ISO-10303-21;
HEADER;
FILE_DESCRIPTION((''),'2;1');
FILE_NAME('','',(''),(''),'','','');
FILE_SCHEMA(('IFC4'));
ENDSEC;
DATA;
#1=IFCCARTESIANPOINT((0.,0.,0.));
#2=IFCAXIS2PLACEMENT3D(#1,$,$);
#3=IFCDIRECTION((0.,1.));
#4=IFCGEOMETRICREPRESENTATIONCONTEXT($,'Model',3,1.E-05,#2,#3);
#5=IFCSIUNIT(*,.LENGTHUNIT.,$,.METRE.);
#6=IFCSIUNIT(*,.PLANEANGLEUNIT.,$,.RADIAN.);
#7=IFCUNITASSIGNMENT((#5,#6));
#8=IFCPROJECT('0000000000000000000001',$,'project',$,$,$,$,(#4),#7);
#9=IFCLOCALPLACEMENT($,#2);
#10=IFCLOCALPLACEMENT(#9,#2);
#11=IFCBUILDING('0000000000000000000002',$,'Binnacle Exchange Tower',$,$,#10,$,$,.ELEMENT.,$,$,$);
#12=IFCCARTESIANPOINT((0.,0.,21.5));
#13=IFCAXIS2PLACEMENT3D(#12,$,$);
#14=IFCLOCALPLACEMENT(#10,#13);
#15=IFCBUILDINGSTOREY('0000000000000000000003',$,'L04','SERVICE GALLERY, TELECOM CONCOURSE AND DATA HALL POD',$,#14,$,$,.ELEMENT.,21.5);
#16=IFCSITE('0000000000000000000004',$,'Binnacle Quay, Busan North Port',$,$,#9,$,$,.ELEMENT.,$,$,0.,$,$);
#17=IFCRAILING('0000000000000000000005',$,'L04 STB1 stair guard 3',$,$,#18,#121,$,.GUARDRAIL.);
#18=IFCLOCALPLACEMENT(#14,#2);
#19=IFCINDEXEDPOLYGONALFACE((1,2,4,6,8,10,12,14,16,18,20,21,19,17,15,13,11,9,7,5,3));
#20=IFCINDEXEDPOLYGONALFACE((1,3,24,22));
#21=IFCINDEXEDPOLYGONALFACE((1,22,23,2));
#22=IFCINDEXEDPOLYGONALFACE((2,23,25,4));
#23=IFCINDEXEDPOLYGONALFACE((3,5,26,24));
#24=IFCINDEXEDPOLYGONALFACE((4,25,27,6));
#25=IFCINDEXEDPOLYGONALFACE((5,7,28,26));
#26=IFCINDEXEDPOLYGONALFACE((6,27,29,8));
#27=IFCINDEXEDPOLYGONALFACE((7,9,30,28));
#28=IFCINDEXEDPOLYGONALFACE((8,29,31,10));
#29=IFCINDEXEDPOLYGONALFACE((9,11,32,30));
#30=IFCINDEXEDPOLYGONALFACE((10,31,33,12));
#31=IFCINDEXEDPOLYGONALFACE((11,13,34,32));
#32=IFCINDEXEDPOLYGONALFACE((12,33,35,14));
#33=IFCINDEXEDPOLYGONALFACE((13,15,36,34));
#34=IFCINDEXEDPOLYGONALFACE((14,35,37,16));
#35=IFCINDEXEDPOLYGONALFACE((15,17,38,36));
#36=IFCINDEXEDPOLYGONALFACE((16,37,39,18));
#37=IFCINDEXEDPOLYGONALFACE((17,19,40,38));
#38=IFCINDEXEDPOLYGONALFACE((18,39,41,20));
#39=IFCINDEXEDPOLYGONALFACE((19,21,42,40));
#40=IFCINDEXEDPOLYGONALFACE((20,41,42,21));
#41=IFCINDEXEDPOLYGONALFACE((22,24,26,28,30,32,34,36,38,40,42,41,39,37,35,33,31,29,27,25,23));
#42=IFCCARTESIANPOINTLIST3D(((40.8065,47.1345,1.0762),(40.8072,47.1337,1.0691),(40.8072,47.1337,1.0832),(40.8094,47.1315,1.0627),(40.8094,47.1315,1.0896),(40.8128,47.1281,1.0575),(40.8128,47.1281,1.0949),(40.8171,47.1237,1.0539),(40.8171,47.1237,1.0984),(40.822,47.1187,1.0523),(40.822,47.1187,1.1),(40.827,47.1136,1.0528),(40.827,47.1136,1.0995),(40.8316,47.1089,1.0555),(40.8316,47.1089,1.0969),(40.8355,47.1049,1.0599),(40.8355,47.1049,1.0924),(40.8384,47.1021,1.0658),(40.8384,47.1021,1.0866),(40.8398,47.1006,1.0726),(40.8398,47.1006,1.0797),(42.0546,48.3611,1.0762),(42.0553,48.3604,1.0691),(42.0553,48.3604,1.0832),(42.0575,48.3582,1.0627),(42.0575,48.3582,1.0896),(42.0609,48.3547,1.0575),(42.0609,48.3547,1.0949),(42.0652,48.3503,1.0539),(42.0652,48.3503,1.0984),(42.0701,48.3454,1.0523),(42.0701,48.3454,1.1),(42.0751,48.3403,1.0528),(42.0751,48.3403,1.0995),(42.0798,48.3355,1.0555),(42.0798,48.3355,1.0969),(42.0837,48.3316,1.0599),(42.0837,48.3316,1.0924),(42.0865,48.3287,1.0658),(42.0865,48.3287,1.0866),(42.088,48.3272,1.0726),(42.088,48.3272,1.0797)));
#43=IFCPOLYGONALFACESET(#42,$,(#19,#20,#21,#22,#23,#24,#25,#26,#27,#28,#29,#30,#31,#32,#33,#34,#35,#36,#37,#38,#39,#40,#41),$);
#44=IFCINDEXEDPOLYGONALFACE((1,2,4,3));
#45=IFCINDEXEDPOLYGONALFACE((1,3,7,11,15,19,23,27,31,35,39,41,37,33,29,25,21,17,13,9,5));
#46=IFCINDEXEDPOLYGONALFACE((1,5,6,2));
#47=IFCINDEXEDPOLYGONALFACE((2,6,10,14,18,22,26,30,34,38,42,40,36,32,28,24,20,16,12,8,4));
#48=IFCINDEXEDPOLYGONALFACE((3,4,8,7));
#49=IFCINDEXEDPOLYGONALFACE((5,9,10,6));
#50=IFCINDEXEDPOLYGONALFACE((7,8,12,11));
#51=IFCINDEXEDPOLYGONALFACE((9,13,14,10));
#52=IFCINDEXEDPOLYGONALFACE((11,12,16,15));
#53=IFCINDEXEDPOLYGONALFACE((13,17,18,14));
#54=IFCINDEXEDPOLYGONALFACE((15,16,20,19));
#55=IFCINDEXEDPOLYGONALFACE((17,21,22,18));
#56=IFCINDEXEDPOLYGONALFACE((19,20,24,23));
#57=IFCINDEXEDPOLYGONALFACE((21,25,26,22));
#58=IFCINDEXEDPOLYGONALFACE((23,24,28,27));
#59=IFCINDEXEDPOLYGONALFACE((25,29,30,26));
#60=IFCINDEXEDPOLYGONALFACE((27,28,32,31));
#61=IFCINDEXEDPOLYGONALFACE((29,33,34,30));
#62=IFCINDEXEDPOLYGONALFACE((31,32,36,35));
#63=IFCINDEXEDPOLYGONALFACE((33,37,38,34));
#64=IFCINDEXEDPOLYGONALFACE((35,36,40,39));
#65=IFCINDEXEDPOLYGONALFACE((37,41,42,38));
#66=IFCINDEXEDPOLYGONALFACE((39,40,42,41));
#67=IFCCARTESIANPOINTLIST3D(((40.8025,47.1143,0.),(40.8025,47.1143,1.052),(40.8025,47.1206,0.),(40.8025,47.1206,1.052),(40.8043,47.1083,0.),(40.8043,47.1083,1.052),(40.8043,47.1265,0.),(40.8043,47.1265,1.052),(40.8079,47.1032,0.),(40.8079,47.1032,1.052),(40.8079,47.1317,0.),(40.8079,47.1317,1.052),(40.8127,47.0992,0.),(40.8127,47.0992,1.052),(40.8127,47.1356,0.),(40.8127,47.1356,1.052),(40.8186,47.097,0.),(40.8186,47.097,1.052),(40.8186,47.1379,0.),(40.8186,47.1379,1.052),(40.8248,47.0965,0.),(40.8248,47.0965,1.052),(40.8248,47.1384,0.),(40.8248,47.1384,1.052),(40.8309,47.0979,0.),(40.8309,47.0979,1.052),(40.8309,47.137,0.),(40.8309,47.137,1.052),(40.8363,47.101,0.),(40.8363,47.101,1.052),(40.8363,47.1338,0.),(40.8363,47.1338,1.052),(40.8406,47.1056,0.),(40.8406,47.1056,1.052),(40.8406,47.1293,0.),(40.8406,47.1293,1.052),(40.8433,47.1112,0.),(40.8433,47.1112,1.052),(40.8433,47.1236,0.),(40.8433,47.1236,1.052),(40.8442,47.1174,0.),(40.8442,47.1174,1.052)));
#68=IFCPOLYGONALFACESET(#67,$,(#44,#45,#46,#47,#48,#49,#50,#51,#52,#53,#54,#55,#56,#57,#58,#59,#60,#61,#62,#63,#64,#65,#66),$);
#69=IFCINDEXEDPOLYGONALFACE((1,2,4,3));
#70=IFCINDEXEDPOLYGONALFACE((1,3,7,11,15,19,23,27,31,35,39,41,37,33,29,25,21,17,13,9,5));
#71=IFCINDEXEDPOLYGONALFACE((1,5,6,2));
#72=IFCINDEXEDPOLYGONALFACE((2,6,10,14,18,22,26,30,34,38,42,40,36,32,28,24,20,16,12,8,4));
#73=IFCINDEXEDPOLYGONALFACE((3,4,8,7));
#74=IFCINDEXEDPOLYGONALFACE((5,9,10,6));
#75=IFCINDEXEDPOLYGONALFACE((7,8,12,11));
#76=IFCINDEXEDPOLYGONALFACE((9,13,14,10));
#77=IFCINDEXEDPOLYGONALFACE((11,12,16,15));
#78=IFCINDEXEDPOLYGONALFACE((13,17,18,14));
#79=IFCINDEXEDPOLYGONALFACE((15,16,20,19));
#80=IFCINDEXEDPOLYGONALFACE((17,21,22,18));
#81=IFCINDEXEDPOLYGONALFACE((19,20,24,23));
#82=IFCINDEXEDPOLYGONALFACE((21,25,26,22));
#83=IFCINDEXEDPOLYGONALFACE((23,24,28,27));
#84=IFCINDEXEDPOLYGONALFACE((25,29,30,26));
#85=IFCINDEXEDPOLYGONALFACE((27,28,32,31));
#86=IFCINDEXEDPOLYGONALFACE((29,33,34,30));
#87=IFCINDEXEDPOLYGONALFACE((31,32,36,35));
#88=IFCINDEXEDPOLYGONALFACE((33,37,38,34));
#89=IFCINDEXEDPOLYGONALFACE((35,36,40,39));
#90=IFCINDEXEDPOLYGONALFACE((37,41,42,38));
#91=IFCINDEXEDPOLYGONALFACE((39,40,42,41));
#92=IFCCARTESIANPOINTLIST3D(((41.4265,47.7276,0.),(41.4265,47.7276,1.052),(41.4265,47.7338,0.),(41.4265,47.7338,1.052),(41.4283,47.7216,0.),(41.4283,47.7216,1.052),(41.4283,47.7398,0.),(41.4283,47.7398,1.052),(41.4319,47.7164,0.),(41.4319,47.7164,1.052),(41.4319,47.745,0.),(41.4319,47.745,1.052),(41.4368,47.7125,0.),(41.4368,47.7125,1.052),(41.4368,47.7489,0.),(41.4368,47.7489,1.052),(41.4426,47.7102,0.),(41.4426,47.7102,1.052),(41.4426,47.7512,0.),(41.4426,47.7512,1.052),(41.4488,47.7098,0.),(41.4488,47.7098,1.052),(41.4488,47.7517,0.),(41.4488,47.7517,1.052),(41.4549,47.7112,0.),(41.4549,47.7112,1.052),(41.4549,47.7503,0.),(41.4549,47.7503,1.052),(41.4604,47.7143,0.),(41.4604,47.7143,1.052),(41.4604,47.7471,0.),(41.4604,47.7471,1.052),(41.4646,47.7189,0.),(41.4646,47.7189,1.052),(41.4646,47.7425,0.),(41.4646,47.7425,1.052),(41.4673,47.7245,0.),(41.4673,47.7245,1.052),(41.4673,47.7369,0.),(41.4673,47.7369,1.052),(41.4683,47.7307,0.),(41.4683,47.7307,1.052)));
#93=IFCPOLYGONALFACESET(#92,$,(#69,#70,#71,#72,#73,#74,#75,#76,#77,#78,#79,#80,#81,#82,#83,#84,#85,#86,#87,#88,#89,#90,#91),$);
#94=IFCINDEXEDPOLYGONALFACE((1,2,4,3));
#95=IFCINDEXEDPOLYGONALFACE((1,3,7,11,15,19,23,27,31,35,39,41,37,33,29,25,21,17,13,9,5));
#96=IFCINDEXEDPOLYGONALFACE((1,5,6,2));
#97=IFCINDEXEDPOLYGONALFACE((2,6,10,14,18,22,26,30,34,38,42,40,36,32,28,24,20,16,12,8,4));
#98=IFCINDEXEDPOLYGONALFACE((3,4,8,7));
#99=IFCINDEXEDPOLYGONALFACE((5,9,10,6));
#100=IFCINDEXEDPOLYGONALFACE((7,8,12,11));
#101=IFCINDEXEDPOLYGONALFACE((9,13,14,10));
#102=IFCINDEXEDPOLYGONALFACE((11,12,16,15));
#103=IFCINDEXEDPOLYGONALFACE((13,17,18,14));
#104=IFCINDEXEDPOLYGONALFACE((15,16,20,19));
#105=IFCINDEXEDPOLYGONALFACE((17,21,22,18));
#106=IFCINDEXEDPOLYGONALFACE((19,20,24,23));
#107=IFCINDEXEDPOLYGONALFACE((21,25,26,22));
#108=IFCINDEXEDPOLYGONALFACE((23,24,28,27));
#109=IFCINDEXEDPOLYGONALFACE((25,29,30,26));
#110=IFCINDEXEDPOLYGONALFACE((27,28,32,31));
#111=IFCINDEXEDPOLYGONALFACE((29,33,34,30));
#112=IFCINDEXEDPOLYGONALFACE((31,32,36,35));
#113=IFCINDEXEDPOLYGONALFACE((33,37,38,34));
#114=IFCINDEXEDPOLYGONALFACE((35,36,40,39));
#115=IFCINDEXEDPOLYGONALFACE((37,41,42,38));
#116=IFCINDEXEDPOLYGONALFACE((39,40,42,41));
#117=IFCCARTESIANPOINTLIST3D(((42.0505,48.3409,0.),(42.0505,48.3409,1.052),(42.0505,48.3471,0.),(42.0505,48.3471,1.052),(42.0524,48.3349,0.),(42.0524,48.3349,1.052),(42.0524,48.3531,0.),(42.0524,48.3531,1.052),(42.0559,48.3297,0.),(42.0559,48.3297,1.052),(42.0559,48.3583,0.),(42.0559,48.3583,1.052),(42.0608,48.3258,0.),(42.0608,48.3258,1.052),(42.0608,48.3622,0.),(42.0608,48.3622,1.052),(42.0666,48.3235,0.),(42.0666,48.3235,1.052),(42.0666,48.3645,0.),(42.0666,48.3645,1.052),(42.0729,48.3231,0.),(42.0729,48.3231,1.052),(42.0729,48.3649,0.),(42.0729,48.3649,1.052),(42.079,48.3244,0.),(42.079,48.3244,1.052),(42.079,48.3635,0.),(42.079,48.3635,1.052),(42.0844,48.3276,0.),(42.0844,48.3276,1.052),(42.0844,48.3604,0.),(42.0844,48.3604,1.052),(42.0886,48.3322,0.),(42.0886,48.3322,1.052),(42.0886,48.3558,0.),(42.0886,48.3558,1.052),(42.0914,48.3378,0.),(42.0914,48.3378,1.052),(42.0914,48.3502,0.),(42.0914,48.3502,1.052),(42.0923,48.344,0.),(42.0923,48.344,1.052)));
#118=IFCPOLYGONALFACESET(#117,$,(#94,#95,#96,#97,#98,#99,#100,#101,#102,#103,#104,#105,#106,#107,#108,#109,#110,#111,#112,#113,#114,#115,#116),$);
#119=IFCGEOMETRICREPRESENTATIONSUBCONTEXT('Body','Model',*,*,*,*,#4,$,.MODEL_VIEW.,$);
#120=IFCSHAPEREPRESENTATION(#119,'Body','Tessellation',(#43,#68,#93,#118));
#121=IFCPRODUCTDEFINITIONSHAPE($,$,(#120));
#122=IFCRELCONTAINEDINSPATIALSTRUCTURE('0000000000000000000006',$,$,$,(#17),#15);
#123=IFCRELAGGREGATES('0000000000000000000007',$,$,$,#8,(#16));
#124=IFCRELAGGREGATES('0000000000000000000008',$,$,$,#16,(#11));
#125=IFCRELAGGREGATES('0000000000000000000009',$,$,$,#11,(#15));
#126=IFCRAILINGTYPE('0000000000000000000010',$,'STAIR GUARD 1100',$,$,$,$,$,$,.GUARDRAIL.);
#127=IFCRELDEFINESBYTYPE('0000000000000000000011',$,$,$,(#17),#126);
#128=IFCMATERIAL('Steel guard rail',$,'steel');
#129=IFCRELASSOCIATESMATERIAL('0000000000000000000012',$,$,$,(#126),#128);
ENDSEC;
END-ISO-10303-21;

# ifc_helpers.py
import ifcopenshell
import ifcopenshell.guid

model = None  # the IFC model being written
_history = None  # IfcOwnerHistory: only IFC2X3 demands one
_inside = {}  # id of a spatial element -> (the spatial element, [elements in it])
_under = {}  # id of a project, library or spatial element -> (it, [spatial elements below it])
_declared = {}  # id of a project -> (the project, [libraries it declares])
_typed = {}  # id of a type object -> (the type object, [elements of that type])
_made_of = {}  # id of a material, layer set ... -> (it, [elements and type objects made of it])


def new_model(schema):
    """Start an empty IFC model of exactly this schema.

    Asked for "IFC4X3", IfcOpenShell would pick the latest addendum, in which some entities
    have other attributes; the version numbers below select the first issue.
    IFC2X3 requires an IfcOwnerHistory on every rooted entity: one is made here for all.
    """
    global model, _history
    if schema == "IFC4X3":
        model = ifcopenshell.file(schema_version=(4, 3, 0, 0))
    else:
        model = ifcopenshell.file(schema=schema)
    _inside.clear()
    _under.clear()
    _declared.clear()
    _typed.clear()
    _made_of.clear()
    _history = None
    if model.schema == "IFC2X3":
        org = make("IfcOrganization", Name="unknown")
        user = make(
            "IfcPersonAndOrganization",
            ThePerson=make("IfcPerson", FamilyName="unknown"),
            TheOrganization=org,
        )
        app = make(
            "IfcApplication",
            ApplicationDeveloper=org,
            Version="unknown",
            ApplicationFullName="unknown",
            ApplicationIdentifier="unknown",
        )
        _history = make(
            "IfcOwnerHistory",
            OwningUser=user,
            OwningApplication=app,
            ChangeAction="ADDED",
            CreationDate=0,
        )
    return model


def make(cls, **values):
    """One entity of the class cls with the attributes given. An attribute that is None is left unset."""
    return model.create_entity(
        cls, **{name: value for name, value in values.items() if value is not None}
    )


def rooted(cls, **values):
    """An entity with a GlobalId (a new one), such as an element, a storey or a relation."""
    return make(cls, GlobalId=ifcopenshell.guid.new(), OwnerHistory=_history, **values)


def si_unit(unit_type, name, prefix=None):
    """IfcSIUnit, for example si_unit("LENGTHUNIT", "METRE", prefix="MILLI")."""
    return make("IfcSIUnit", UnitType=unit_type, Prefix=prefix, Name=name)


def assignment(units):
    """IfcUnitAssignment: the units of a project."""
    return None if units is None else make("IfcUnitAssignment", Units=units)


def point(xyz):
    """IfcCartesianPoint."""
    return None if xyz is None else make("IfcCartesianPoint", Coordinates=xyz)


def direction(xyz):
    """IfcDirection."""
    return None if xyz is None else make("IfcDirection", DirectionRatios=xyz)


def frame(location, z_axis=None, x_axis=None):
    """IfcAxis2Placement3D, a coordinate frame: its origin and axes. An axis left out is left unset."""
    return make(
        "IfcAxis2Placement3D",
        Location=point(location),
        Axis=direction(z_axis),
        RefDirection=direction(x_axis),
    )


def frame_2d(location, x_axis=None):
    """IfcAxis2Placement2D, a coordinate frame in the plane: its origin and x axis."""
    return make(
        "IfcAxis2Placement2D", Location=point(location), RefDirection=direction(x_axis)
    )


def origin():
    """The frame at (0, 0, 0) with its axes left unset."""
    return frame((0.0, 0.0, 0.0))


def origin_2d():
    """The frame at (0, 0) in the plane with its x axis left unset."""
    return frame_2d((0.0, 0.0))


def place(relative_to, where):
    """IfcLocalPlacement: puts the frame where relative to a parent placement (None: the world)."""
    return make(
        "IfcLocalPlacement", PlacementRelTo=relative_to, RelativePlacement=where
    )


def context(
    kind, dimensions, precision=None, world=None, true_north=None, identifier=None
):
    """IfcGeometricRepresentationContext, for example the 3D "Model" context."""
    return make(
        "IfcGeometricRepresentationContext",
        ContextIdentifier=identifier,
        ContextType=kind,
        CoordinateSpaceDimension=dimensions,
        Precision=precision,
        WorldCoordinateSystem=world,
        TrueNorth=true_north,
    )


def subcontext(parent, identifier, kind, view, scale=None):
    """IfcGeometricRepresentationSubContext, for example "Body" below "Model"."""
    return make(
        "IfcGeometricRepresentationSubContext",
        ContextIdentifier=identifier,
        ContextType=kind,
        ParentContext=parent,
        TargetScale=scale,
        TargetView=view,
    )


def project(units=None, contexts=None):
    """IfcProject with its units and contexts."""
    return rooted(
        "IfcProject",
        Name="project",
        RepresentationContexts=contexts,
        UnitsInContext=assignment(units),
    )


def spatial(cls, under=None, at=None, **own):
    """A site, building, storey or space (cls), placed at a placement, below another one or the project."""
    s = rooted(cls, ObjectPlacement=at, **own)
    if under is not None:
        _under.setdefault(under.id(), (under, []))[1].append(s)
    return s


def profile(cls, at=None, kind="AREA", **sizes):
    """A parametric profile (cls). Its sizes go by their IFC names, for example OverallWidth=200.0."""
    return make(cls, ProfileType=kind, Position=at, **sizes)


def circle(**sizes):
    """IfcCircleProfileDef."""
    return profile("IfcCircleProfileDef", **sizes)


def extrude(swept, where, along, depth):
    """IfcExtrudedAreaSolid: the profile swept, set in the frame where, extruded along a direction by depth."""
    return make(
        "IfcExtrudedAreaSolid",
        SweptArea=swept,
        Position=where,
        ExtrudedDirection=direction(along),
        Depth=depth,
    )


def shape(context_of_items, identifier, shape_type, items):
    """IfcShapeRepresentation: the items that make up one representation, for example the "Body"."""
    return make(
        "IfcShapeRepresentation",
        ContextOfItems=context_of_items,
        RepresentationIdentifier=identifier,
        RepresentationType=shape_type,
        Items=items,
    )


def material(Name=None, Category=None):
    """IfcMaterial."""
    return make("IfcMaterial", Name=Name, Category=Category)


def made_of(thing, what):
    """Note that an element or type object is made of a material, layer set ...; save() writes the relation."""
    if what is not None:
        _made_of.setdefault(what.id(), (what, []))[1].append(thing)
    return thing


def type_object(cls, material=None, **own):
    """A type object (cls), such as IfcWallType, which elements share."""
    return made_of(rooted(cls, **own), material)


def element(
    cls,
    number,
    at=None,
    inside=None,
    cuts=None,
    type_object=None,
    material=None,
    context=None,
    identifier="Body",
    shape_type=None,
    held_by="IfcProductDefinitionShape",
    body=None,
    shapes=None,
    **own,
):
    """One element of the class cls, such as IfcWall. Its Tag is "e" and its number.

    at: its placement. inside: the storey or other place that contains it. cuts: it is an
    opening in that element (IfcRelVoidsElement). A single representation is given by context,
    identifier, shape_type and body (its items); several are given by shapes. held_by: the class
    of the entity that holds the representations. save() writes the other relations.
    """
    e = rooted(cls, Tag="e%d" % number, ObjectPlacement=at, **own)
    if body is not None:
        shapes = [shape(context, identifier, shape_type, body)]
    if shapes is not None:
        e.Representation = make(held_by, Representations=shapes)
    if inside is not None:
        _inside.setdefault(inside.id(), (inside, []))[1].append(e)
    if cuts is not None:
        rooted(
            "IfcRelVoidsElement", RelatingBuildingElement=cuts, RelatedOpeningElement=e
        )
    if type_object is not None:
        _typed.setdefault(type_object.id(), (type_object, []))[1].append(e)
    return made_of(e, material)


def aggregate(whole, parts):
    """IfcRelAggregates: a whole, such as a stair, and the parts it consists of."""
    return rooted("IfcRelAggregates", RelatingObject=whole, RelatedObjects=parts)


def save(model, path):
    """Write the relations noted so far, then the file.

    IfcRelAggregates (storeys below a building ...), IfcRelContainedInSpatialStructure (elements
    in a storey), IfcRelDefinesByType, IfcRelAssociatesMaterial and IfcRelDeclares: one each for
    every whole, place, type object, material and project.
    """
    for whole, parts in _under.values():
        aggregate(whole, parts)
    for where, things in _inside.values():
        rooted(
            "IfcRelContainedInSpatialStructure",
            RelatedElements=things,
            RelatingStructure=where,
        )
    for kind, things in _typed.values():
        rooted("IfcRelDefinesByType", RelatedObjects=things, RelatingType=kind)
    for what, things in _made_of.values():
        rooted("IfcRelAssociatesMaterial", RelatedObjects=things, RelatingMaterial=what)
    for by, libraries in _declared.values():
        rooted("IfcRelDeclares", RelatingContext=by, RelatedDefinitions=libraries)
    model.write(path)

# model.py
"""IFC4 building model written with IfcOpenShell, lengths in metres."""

from ifc_helpers import new_model, si_unit, direction, frame, origin, origin_2d, place, context, subcontext, project, spatial, circle, extrude, material, type_object, element, save


model = new_model("IFC4")

# Units and contexts
model_context = context("Model", 3, precision=1e-05, world=origin(), true_north=direction((0.0, 1.0)))
body_context = subcontext(model_context, "Body", "Model", "MODEL_VIEW")
ifc_project = project(units=[si_unit("LENGTHUNIT", "METRE"), si_unit("PLANEANGLEUNIT", "RADIAN")], contexts=[model_context])

# Site, building, storey
site_placement = place(None, origin())
site = spatial("IfcSite", under=ifc_project, at=site_placement, Name="Binnacle Quay, Busan North Port", CompositionType="ELEMENT", RefElevation=0.0)
building_placement = place(site_placement, origin())
building = spatial("IfcBuilding", under=site, at=building_placement, Name="Binnacle Exchange Tower", CompositionType="ELEMENT")
storey_placement = place(building_placement, frame((0.0, 0.0, 21.5)))
storey = spatial("IfcBuildingStorey", under=building, at=storey_placement, Name="L04", Description="SERVICE GALLERY, TELECOM CONCOURSE AND DATA HALL POD", CompositionType="ELEMENT", Elevation=21.5)

# Railing
ifc_material_1 = material(Name="Steel guard rail", Category="steel")
railing_type_1 = type_object("IfcRailingType", Name="STAIR GUARD 1100", PredefinedType="GUARDRAIL", material=ifc_material_1)
railing_1_placement = place(storey_placement, frame((40.8232, 47.1174, 0.0)))
element("IfcRailing", 1, at=railing_1_placement, inside=storey, type_object=railing_type_1, Name="L04 STB1 stair guard 3", PredefinedType="GUARDRAIL", context=body_context, shape_type="SweptSolid", body=[
    extrude(circle(Radius=0.0239, at=origin_2d()), frame((0.0, 0.0, 1.0762), z_axis=(0.713219, 0.700941, 0.0), x_axis=(-0.700941, 0.713219, 0.0)), (0.0, 0.0, 1.0), 1.75),
    extrude(circle(Radius=0.021, at=origin_2d()), origin(), (0.0, 0.0, 1.0), 1.052),
    extrude(circle(Radius=0.021, at=origin_2d()), frame((0.624, 0.6133, 0.0)), (0.0, 0.0, 1.0), 1.052),
    extrude(circle(Radius=0.021, at=origin_2d()), frame((1.248, 1.2266, 0.0)), (0.0, 0.0, 1.0), 1.052),
])

save(model, "model.ifc")
